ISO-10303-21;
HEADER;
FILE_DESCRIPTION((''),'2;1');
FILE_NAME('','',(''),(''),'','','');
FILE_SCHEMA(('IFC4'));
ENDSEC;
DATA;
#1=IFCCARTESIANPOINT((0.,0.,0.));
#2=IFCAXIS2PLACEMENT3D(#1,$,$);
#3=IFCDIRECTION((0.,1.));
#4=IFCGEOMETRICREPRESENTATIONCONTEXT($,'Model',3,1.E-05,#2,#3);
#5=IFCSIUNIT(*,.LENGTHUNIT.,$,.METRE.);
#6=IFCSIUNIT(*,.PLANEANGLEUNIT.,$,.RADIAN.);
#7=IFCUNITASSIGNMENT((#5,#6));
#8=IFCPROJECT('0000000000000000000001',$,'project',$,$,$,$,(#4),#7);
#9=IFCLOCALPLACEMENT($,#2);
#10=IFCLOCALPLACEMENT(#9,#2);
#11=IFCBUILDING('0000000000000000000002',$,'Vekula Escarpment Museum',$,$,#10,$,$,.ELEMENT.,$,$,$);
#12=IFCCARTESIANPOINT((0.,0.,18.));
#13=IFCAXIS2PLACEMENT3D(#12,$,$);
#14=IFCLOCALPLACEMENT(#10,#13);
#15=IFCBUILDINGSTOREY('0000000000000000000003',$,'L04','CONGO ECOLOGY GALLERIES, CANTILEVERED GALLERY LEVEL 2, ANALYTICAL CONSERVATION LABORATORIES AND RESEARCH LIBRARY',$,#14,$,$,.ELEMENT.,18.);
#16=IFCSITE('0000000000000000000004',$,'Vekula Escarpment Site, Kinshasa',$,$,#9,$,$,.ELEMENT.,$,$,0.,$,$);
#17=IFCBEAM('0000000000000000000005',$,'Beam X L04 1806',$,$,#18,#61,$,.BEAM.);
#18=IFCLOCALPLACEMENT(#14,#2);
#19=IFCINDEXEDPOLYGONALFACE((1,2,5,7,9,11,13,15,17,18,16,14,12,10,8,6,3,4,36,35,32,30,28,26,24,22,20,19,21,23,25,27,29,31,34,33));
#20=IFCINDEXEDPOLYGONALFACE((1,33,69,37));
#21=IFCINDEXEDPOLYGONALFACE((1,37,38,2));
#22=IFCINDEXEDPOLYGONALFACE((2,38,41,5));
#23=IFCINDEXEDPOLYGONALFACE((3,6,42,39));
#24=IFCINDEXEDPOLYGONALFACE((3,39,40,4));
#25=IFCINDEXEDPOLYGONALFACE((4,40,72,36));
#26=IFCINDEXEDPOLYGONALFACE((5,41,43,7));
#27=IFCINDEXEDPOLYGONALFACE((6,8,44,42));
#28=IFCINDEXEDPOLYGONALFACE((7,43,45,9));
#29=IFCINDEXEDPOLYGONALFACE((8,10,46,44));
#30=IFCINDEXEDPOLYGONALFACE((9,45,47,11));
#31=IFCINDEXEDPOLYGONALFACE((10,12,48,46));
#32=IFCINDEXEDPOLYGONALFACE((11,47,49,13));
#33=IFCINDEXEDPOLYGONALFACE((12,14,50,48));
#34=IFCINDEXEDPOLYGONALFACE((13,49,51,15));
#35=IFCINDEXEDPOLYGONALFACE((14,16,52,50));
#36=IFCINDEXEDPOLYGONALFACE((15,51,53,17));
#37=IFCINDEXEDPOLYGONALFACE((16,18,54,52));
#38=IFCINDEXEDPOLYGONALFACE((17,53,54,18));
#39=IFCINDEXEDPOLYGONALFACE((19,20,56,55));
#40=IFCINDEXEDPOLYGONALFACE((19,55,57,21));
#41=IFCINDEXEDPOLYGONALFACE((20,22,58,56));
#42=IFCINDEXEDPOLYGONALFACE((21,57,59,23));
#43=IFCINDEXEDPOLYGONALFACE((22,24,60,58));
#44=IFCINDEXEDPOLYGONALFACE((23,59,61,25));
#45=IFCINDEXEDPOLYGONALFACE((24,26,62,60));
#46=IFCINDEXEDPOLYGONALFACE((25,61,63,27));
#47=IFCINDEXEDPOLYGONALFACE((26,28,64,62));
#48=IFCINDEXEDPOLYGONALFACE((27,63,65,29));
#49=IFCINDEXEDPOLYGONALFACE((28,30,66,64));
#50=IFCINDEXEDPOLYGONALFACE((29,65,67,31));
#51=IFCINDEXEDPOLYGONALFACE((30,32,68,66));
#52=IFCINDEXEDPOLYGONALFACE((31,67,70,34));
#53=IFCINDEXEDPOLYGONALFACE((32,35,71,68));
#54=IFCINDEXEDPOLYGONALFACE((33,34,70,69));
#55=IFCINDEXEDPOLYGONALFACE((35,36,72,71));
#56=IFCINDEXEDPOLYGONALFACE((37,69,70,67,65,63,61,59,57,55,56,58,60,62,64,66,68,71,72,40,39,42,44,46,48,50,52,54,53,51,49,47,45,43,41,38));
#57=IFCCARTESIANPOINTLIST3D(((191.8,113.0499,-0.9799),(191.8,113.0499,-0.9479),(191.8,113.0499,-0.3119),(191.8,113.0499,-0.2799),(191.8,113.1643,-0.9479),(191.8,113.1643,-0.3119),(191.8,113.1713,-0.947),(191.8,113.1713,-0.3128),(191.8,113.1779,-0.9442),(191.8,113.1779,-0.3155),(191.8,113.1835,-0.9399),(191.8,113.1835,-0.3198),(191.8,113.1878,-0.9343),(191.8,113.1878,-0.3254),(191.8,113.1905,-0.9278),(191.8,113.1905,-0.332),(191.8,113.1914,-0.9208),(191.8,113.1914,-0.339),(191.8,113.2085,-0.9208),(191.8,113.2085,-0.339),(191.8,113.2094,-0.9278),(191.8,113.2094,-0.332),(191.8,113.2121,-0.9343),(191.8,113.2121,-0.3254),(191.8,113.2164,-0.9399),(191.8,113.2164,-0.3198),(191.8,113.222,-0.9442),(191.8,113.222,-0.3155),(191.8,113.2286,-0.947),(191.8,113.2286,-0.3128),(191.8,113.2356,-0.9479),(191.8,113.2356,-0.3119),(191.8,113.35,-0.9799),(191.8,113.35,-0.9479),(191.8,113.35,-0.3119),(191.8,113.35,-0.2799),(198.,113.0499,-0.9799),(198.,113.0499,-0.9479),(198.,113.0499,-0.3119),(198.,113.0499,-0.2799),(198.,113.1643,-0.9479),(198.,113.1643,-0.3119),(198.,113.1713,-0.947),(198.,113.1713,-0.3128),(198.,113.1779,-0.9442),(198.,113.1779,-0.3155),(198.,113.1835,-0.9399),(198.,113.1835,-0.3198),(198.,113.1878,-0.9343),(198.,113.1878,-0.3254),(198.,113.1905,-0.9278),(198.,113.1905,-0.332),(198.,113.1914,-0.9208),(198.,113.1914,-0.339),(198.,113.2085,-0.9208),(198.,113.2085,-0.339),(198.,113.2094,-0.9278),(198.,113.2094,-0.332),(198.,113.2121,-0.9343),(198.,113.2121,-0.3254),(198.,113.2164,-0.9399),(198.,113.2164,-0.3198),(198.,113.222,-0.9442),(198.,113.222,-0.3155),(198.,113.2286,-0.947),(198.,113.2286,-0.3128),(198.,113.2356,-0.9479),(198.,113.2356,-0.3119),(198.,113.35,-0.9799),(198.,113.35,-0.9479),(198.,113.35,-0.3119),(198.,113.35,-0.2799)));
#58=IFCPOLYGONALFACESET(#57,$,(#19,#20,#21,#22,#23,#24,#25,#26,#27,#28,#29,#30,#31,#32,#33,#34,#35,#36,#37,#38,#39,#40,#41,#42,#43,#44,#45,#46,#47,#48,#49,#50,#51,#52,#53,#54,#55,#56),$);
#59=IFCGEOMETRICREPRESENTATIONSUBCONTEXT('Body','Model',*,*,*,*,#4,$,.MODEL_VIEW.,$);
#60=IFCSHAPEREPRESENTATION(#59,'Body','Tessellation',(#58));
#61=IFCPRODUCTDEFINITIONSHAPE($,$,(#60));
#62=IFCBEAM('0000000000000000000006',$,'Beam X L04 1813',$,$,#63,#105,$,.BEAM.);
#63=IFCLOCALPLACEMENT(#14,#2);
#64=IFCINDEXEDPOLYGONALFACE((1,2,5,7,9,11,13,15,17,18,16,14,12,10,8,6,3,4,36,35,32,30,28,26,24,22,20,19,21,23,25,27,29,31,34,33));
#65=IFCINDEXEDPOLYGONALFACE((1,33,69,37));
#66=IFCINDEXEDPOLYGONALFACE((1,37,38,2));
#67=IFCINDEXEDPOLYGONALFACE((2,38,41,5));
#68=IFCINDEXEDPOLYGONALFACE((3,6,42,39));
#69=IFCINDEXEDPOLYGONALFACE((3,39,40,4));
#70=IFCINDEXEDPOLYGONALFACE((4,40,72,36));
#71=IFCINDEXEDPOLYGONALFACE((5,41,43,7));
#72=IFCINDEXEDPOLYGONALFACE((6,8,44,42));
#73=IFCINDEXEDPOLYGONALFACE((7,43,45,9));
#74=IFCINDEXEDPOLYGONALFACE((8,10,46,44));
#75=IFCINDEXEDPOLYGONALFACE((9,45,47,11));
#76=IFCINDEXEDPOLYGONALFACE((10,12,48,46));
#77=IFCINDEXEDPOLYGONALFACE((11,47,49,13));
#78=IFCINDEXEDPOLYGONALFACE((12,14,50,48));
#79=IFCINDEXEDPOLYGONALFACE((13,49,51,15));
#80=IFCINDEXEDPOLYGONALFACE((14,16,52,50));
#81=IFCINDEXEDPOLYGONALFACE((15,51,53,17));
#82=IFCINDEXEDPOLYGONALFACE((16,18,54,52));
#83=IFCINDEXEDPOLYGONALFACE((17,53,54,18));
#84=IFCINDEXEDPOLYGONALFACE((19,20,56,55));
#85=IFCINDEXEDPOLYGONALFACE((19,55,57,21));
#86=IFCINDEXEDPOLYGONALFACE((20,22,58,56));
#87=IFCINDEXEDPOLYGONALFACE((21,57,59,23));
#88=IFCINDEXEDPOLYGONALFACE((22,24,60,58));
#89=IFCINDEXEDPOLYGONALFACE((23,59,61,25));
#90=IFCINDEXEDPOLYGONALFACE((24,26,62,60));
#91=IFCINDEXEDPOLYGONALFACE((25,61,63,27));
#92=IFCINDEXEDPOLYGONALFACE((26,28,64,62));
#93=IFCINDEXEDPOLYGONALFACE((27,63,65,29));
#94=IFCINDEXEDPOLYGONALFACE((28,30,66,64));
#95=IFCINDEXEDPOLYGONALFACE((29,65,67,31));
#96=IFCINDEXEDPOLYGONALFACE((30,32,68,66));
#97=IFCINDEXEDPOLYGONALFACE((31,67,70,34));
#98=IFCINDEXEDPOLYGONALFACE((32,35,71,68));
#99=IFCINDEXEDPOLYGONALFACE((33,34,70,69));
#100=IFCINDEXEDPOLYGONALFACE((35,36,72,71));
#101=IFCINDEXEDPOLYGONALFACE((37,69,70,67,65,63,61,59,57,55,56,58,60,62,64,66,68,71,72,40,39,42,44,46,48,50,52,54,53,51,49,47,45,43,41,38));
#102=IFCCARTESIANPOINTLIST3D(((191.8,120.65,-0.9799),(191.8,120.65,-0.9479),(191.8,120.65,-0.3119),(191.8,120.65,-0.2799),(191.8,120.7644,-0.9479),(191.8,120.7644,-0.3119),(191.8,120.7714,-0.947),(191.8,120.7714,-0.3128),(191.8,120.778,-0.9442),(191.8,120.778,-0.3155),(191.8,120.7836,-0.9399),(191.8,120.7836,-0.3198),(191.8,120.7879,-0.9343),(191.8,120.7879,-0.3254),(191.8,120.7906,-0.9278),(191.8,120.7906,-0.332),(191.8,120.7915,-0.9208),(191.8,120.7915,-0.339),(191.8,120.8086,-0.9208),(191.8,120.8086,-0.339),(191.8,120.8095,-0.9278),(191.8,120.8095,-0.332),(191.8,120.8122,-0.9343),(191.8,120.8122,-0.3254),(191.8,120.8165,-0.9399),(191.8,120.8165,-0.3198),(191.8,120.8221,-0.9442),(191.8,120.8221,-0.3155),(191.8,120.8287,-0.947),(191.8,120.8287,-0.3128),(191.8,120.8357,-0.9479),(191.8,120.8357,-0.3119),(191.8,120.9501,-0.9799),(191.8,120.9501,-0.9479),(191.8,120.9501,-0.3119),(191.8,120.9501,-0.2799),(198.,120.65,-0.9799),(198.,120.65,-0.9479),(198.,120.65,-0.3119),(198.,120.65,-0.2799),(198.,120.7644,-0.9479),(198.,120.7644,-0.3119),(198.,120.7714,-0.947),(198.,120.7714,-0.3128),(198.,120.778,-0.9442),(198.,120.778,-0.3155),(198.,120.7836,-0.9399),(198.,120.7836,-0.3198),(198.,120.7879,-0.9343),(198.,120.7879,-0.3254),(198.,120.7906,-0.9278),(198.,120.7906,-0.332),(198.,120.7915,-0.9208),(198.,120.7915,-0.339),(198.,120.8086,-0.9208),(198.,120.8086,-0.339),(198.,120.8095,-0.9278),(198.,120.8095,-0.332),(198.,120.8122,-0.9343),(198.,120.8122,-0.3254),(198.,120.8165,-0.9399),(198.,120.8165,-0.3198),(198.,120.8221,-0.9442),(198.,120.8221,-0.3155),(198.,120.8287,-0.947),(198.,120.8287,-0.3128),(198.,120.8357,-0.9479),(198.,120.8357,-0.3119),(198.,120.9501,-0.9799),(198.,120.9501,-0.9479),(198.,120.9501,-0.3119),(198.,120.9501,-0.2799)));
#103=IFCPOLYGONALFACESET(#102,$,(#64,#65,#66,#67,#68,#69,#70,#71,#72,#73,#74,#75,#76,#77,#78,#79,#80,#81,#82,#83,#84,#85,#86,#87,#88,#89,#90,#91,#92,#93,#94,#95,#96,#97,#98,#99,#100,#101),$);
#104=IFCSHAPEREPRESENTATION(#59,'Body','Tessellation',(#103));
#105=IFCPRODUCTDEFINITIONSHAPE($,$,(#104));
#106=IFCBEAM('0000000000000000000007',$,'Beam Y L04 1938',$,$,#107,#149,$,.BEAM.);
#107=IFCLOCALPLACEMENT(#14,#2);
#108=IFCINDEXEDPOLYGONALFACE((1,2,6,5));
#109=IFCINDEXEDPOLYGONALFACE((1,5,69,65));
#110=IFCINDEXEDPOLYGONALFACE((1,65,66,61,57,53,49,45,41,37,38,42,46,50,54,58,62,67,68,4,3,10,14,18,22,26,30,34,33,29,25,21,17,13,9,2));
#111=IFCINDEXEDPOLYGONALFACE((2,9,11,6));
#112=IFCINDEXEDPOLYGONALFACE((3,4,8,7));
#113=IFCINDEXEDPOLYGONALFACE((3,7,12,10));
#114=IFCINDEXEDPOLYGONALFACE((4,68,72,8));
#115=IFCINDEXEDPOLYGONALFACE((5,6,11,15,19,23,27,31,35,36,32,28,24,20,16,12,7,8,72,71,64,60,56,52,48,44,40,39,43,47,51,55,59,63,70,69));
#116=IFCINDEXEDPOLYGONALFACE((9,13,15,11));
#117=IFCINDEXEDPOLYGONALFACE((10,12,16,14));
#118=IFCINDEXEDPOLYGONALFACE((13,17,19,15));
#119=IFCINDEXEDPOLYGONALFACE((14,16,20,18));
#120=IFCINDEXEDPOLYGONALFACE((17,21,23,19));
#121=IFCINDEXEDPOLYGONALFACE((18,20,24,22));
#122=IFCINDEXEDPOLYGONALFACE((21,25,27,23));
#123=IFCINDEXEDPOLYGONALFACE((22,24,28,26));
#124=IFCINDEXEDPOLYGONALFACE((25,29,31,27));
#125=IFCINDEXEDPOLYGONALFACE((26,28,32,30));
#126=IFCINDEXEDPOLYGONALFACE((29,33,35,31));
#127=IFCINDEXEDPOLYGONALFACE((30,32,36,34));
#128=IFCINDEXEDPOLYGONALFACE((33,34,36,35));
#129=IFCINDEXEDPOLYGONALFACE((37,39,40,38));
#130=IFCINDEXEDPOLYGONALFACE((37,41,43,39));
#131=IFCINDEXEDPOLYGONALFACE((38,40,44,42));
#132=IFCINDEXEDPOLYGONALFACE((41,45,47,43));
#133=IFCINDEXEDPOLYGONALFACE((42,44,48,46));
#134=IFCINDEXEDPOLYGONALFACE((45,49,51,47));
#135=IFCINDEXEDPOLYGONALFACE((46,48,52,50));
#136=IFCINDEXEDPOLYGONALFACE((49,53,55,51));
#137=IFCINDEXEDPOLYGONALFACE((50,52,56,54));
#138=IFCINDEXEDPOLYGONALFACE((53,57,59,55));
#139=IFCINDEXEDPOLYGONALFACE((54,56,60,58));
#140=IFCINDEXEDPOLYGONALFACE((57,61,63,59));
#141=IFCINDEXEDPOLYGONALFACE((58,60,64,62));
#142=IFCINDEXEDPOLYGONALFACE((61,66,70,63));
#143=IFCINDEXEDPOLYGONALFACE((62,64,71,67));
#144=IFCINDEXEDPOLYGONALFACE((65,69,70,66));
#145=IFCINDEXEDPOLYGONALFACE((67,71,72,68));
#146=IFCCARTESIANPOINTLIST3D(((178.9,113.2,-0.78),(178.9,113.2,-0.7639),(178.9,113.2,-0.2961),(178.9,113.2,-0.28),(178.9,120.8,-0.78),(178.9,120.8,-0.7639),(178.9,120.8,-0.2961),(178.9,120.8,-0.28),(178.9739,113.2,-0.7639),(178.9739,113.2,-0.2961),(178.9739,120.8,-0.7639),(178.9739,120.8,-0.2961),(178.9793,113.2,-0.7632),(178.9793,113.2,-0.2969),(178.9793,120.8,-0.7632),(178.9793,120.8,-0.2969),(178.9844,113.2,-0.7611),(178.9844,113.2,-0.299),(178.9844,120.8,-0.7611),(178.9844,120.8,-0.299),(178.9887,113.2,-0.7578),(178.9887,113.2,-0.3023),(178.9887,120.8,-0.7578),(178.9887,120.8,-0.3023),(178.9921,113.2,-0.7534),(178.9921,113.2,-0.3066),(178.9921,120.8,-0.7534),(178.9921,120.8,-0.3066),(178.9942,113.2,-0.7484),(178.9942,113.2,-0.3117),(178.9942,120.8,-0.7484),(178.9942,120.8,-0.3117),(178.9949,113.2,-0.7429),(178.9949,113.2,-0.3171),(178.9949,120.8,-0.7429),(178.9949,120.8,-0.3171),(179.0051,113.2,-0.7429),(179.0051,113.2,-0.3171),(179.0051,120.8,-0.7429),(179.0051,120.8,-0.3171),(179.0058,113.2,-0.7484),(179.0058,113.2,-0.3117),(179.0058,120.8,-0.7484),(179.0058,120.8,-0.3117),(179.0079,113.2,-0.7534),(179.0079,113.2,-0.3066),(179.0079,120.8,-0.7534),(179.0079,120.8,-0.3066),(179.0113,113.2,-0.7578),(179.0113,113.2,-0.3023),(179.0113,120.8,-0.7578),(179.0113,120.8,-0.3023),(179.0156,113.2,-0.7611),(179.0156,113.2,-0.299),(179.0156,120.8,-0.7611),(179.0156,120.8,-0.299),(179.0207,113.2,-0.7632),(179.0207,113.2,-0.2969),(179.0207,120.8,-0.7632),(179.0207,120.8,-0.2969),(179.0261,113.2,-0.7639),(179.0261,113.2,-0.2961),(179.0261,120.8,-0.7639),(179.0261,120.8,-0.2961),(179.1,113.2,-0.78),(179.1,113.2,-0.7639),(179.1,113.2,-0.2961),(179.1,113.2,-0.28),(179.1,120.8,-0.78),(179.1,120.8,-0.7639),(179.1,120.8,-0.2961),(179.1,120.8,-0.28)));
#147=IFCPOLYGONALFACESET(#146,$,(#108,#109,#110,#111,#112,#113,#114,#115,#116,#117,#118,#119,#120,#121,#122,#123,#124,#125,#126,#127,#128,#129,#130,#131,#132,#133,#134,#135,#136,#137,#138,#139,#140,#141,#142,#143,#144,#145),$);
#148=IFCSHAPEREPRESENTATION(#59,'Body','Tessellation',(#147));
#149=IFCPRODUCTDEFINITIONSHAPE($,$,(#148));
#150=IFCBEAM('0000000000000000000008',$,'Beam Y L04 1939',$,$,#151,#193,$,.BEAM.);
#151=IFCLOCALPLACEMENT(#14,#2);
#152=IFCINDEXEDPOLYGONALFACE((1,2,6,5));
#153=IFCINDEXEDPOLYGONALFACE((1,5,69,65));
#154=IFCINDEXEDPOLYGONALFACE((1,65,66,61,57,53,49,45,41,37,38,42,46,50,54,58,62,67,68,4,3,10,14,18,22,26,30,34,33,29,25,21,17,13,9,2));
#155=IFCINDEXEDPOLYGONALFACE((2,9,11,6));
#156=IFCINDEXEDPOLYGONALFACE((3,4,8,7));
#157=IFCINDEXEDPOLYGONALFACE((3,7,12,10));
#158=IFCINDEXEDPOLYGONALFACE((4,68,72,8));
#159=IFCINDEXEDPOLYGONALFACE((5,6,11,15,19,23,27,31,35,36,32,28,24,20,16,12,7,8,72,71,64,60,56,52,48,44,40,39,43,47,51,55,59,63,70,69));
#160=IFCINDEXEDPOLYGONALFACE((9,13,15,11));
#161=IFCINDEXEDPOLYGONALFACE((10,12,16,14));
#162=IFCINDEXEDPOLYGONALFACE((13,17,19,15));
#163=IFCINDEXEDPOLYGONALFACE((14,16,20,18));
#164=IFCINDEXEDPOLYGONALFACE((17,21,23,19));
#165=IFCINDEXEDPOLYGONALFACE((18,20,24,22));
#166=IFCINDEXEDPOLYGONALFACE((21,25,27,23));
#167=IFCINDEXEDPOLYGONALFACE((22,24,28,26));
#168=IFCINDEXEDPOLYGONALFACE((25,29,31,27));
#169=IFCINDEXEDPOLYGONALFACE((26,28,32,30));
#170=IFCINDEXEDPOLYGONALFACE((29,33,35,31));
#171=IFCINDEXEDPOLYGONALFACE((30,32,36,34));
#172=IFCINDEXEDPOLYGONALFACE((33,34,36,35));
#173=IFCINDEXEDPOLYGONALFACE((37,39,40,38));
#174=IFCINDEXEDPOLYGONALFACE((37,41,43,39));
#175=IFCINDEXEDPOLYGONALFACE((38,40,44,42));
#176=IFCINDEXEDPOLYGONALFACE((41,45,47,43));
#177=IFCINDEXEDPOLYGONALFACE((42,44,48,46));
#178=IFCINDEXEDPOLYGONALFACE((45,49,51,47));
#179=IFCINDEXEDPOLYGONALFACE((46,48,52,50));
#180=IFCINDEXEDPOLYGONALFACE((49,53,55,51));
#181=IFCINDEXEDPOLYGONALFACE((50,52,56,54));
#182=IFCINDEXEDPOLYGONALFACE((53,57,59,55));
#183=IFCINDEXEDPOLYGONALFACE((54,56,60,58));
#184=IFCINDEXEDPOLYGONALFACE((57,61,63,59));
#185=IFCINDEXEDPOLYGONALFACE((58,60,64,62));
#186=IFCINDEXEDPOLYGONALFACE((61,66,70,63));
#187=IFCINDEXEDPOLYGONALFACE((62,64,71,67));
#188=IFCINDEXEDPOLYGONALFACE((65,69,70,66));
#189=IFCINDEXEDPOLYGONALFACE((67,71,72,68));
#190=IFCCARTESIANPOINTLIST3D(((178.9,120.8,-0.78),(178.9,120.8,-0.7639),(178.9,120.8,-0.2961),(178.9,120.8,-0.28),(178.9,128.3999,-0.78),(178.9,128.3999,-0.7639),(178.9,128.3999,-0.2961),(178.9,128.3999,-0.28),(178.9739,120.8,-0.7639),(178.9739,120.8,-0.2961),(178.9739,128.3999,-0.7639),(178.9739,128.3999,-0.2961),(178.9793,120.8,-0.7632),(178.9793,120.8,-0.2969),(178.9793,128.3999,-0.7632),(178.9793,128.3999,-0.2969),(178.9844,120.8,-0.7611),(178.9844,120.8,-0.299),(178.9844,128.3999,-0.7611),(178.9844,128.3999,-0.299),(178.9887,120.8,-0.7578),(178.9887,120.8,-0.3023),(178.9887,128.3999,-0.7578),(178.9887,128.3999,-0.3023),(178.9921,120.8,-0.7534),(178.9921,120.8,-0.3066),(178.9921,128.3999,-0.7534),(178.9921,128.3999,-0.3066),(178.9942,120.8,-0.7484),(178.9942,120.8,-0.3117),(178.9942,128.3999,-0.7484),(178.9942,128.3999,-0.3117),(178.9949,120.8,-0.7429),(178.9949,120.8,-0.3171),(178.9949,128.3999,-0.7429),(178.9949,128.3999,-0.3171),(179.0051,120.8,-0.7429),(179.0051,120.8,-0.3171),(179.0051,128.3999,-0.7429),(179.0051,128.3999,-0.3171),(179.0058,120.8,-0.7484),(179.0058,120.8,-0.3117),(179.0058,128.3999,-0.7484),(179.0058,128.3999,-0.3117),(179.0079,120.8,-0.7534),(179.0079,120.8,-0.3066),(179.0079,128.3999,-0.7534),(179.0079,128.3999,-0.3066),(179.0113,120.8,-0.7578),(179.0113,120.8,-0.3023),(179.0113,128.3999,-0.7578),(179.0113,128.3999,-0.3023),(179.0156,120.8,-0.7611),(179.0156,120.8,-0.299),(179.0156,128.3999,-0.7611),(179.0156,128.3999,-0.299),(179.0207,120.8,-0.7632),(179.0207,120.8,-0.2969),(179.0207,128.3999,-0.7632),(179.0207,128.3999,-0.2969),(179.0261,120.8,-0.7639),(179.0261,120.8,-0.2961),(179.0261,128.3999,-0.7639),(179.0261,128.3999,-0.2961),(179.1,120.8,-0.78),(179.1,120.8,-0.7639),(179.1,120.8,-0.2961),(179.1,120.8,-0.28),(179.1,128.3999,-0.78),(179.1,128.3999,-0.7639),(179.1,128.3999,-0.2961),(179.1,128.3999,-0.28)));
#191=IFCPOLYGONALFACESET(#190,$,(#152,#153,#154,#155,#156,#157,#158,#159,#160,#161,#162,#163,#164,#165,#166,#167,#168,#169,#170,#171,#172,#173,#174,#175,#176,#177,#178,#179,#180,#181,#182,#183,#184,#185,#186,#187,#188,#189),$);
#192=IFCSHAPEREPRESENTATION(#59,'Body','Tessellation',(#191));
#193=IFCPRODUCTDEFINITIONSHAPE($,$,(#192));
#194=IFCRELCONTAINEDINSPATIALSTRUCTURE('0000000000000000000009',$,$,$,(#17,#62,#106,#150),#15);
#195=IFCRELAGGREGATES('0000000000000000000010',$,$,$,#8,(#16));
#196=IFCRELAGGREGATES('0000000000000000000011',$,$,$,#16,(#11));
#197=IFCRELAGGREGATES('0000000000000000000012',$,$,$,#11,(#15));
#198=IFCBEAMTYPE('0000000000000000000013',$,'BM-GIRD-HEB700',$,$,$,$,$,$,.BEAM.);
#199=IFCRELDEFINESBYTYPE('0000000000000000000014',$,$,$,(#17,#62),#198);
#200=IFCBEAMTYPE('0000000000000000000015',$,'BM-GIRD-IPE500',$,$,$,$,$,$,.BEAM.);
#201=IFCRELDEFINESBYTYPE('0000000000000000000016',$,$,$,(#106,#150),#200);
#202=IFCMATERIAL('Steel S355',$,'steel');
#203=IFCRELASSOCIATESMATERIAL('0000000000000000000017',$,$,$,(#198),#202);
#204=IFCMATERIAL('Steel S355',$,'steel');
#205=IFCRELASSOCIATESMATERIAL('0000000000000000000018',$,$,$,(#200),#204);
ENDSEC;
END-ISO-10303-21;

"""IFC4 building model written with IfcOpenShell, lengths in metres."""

from ifc_helpers import new_model, si_unit, direction, frame, origin, origin_2d, place, context, subcontext, project, spatial, i_section, extrude, material, material_profile, profile_set, type_object, element, save


model = new_model("IFC4")

# Units and contexts
model_context = context("Model", 3, precision=1e-05, world=origin(), true_north=direction((0.0, 1.0)))
body_context = subcontext(model_context, "Body", "Model", "MODEL_VIEW")
ifc_project = project(units=[si_unit("LENGTHUNIT", "METRE"), si_unit("PLANEANGLEUNIT", "RADIAN")], contexts=[model_context])

# Site, building, storey
site_placement = place(None, origin())
site = spatial("IfcSite", under=ifc_project, at=site_placement, Name="Vekula Escarpment Site, Kinshasa", CompositionType="ELEMENT", RefElevation=0.0)
building_placement = place(site_placement, origin())
building = spatial("IfcBuilding", under=site, at=building_placement, Name="Vekula Escarpment Museum", CompositionType="ELEMENT")
storey_placement = place(building_placement, frame((0.0, 0.0, 18.0)))
storey = spatial("IfcBuildingStorey", under=building, at=storey_placement, Name="L04", Description="CONGO ECOLOGY GALLERIES, CANTILEVERED GALLERY LEVEL 2, ANALYTICAL CONSERVATION LABORATORIES AND RESEARCH LIBRARY", CompositionType="ELEMENT", Elevation=18.0)

# Beams
ifc_material_1 = material(Name="Steel S355", Category="steel")
ifc_material_profile_1 = material_profile(ifc_material_1, i_section(OverallWidth=0.3, OverallDepth=0.7, WebThickness=0.0171, FlangeThickness=0.032, FilletRadius=0.0271, at=origin_2d()), Name="HEB 700")
ifc_profile_set_1 = profile_set([ifc_material_profile_1], Name="Steel S355")
beam_type_1 = type_object("IfcBeamType", Name="BM-GIRD-HEB700", PredefinedType="BEAM", material=ifc_profile_set_1)
for number, where, z_axis, x_axis, name in (
    (1, (191.8, 113.2, -0.6299), (1.0, 0.0, 0.0), (0.0, 1.0, 0.0), "Beam X L04 1806"),
    (2, (191.8, 120.8, -0.6299), (1.0, 0.0, 0.0), (0.0, 1.0, 0.0), "Beam X L04 1813"),
):
    element("IfcBeam", number, at=place(storey_placement, frame(where, z_axis=z_axis, x_axis=x_axis)), inside=storey, type_object=beam_type_1, Name=name, PredefinedType="BEAM", context=body_context, shape_type="SweptSolid", body=[
        extrude(i_section(OverallWidth=0.3, OverallDepth=0.7, WebThickness=0.0171, FlangeThickness=0.032, FilletRadius=0.0271, at=origin_2d()), origin(), (0.0, 0.0, 1.0), 6.2),
    ])
ifc_material_2 = material(Name="Steel S355", Category="steel")
ifc_material_profile_2 = material_profile(ifc_material_2, i_section(OverallWidth=0.2, OverallDepth=0.5, WebThickness=0.0103, FlangeThickness=0.0161, FilletRadius=0.021, at=origin_2d()), Name="IPE 500")
ifc_profile_set_2 = profile_set([ifc_material_profile_2], Name="Steel S355")
beam_type_2 = type_object("IfcBeamType", Name="BM-GIRD-IPE500", PredefinedType="BEAM", material=ifc_profile_set_2)
beam_1_placement = place(storey_placement, frame((179.0, 113.2, -0.53), z_axis=(0.0, 1.0, 0.0), x_axis=(-1.0, 0.0, 0.0)))
element("IfcBeam", 3, at=beam_1_placement, inside=storey, type_object=beam_type_2, Name="Beam Y L04 1938", PredefinedType="BEAM", context=body_context, shape_type="SweptSolid", body=[
    extrude(i_section(OverallWidth=0.2, OverallDepth=0.5, WebThickness=0.0103, FlangeThickness=0.0161, FilletRadius=0.021, at=origin_2d()), origin(), (0.0, 0.0, 1.0), 7.6001),
])
beam_2_placement = place(storey_placement, frame((179.0, 120.8, -0.53), z_axis=(0.0, 1.0, 0.0), x_axis=(-1.0, 0.0, 0.0)))
element("IfcBeam", 4, at=beam_2_placement, inside=storey, type_object=beam_type_2, Name="Beam Y L04 1939", PredefinedType="BEAM", context=body_context, shape_type="SweptSolid", body=[
    extrude(i_section(OverallWidth=0.2, OverallDepth=0.5, WebThickness=0.0103, FlangeThickness=0.0161, FilletRadius=0.021, at=origin_2d()), origin(), (0.0, 0.0, 1.0), 7.5999),
])

save(model, "model.ifc")
